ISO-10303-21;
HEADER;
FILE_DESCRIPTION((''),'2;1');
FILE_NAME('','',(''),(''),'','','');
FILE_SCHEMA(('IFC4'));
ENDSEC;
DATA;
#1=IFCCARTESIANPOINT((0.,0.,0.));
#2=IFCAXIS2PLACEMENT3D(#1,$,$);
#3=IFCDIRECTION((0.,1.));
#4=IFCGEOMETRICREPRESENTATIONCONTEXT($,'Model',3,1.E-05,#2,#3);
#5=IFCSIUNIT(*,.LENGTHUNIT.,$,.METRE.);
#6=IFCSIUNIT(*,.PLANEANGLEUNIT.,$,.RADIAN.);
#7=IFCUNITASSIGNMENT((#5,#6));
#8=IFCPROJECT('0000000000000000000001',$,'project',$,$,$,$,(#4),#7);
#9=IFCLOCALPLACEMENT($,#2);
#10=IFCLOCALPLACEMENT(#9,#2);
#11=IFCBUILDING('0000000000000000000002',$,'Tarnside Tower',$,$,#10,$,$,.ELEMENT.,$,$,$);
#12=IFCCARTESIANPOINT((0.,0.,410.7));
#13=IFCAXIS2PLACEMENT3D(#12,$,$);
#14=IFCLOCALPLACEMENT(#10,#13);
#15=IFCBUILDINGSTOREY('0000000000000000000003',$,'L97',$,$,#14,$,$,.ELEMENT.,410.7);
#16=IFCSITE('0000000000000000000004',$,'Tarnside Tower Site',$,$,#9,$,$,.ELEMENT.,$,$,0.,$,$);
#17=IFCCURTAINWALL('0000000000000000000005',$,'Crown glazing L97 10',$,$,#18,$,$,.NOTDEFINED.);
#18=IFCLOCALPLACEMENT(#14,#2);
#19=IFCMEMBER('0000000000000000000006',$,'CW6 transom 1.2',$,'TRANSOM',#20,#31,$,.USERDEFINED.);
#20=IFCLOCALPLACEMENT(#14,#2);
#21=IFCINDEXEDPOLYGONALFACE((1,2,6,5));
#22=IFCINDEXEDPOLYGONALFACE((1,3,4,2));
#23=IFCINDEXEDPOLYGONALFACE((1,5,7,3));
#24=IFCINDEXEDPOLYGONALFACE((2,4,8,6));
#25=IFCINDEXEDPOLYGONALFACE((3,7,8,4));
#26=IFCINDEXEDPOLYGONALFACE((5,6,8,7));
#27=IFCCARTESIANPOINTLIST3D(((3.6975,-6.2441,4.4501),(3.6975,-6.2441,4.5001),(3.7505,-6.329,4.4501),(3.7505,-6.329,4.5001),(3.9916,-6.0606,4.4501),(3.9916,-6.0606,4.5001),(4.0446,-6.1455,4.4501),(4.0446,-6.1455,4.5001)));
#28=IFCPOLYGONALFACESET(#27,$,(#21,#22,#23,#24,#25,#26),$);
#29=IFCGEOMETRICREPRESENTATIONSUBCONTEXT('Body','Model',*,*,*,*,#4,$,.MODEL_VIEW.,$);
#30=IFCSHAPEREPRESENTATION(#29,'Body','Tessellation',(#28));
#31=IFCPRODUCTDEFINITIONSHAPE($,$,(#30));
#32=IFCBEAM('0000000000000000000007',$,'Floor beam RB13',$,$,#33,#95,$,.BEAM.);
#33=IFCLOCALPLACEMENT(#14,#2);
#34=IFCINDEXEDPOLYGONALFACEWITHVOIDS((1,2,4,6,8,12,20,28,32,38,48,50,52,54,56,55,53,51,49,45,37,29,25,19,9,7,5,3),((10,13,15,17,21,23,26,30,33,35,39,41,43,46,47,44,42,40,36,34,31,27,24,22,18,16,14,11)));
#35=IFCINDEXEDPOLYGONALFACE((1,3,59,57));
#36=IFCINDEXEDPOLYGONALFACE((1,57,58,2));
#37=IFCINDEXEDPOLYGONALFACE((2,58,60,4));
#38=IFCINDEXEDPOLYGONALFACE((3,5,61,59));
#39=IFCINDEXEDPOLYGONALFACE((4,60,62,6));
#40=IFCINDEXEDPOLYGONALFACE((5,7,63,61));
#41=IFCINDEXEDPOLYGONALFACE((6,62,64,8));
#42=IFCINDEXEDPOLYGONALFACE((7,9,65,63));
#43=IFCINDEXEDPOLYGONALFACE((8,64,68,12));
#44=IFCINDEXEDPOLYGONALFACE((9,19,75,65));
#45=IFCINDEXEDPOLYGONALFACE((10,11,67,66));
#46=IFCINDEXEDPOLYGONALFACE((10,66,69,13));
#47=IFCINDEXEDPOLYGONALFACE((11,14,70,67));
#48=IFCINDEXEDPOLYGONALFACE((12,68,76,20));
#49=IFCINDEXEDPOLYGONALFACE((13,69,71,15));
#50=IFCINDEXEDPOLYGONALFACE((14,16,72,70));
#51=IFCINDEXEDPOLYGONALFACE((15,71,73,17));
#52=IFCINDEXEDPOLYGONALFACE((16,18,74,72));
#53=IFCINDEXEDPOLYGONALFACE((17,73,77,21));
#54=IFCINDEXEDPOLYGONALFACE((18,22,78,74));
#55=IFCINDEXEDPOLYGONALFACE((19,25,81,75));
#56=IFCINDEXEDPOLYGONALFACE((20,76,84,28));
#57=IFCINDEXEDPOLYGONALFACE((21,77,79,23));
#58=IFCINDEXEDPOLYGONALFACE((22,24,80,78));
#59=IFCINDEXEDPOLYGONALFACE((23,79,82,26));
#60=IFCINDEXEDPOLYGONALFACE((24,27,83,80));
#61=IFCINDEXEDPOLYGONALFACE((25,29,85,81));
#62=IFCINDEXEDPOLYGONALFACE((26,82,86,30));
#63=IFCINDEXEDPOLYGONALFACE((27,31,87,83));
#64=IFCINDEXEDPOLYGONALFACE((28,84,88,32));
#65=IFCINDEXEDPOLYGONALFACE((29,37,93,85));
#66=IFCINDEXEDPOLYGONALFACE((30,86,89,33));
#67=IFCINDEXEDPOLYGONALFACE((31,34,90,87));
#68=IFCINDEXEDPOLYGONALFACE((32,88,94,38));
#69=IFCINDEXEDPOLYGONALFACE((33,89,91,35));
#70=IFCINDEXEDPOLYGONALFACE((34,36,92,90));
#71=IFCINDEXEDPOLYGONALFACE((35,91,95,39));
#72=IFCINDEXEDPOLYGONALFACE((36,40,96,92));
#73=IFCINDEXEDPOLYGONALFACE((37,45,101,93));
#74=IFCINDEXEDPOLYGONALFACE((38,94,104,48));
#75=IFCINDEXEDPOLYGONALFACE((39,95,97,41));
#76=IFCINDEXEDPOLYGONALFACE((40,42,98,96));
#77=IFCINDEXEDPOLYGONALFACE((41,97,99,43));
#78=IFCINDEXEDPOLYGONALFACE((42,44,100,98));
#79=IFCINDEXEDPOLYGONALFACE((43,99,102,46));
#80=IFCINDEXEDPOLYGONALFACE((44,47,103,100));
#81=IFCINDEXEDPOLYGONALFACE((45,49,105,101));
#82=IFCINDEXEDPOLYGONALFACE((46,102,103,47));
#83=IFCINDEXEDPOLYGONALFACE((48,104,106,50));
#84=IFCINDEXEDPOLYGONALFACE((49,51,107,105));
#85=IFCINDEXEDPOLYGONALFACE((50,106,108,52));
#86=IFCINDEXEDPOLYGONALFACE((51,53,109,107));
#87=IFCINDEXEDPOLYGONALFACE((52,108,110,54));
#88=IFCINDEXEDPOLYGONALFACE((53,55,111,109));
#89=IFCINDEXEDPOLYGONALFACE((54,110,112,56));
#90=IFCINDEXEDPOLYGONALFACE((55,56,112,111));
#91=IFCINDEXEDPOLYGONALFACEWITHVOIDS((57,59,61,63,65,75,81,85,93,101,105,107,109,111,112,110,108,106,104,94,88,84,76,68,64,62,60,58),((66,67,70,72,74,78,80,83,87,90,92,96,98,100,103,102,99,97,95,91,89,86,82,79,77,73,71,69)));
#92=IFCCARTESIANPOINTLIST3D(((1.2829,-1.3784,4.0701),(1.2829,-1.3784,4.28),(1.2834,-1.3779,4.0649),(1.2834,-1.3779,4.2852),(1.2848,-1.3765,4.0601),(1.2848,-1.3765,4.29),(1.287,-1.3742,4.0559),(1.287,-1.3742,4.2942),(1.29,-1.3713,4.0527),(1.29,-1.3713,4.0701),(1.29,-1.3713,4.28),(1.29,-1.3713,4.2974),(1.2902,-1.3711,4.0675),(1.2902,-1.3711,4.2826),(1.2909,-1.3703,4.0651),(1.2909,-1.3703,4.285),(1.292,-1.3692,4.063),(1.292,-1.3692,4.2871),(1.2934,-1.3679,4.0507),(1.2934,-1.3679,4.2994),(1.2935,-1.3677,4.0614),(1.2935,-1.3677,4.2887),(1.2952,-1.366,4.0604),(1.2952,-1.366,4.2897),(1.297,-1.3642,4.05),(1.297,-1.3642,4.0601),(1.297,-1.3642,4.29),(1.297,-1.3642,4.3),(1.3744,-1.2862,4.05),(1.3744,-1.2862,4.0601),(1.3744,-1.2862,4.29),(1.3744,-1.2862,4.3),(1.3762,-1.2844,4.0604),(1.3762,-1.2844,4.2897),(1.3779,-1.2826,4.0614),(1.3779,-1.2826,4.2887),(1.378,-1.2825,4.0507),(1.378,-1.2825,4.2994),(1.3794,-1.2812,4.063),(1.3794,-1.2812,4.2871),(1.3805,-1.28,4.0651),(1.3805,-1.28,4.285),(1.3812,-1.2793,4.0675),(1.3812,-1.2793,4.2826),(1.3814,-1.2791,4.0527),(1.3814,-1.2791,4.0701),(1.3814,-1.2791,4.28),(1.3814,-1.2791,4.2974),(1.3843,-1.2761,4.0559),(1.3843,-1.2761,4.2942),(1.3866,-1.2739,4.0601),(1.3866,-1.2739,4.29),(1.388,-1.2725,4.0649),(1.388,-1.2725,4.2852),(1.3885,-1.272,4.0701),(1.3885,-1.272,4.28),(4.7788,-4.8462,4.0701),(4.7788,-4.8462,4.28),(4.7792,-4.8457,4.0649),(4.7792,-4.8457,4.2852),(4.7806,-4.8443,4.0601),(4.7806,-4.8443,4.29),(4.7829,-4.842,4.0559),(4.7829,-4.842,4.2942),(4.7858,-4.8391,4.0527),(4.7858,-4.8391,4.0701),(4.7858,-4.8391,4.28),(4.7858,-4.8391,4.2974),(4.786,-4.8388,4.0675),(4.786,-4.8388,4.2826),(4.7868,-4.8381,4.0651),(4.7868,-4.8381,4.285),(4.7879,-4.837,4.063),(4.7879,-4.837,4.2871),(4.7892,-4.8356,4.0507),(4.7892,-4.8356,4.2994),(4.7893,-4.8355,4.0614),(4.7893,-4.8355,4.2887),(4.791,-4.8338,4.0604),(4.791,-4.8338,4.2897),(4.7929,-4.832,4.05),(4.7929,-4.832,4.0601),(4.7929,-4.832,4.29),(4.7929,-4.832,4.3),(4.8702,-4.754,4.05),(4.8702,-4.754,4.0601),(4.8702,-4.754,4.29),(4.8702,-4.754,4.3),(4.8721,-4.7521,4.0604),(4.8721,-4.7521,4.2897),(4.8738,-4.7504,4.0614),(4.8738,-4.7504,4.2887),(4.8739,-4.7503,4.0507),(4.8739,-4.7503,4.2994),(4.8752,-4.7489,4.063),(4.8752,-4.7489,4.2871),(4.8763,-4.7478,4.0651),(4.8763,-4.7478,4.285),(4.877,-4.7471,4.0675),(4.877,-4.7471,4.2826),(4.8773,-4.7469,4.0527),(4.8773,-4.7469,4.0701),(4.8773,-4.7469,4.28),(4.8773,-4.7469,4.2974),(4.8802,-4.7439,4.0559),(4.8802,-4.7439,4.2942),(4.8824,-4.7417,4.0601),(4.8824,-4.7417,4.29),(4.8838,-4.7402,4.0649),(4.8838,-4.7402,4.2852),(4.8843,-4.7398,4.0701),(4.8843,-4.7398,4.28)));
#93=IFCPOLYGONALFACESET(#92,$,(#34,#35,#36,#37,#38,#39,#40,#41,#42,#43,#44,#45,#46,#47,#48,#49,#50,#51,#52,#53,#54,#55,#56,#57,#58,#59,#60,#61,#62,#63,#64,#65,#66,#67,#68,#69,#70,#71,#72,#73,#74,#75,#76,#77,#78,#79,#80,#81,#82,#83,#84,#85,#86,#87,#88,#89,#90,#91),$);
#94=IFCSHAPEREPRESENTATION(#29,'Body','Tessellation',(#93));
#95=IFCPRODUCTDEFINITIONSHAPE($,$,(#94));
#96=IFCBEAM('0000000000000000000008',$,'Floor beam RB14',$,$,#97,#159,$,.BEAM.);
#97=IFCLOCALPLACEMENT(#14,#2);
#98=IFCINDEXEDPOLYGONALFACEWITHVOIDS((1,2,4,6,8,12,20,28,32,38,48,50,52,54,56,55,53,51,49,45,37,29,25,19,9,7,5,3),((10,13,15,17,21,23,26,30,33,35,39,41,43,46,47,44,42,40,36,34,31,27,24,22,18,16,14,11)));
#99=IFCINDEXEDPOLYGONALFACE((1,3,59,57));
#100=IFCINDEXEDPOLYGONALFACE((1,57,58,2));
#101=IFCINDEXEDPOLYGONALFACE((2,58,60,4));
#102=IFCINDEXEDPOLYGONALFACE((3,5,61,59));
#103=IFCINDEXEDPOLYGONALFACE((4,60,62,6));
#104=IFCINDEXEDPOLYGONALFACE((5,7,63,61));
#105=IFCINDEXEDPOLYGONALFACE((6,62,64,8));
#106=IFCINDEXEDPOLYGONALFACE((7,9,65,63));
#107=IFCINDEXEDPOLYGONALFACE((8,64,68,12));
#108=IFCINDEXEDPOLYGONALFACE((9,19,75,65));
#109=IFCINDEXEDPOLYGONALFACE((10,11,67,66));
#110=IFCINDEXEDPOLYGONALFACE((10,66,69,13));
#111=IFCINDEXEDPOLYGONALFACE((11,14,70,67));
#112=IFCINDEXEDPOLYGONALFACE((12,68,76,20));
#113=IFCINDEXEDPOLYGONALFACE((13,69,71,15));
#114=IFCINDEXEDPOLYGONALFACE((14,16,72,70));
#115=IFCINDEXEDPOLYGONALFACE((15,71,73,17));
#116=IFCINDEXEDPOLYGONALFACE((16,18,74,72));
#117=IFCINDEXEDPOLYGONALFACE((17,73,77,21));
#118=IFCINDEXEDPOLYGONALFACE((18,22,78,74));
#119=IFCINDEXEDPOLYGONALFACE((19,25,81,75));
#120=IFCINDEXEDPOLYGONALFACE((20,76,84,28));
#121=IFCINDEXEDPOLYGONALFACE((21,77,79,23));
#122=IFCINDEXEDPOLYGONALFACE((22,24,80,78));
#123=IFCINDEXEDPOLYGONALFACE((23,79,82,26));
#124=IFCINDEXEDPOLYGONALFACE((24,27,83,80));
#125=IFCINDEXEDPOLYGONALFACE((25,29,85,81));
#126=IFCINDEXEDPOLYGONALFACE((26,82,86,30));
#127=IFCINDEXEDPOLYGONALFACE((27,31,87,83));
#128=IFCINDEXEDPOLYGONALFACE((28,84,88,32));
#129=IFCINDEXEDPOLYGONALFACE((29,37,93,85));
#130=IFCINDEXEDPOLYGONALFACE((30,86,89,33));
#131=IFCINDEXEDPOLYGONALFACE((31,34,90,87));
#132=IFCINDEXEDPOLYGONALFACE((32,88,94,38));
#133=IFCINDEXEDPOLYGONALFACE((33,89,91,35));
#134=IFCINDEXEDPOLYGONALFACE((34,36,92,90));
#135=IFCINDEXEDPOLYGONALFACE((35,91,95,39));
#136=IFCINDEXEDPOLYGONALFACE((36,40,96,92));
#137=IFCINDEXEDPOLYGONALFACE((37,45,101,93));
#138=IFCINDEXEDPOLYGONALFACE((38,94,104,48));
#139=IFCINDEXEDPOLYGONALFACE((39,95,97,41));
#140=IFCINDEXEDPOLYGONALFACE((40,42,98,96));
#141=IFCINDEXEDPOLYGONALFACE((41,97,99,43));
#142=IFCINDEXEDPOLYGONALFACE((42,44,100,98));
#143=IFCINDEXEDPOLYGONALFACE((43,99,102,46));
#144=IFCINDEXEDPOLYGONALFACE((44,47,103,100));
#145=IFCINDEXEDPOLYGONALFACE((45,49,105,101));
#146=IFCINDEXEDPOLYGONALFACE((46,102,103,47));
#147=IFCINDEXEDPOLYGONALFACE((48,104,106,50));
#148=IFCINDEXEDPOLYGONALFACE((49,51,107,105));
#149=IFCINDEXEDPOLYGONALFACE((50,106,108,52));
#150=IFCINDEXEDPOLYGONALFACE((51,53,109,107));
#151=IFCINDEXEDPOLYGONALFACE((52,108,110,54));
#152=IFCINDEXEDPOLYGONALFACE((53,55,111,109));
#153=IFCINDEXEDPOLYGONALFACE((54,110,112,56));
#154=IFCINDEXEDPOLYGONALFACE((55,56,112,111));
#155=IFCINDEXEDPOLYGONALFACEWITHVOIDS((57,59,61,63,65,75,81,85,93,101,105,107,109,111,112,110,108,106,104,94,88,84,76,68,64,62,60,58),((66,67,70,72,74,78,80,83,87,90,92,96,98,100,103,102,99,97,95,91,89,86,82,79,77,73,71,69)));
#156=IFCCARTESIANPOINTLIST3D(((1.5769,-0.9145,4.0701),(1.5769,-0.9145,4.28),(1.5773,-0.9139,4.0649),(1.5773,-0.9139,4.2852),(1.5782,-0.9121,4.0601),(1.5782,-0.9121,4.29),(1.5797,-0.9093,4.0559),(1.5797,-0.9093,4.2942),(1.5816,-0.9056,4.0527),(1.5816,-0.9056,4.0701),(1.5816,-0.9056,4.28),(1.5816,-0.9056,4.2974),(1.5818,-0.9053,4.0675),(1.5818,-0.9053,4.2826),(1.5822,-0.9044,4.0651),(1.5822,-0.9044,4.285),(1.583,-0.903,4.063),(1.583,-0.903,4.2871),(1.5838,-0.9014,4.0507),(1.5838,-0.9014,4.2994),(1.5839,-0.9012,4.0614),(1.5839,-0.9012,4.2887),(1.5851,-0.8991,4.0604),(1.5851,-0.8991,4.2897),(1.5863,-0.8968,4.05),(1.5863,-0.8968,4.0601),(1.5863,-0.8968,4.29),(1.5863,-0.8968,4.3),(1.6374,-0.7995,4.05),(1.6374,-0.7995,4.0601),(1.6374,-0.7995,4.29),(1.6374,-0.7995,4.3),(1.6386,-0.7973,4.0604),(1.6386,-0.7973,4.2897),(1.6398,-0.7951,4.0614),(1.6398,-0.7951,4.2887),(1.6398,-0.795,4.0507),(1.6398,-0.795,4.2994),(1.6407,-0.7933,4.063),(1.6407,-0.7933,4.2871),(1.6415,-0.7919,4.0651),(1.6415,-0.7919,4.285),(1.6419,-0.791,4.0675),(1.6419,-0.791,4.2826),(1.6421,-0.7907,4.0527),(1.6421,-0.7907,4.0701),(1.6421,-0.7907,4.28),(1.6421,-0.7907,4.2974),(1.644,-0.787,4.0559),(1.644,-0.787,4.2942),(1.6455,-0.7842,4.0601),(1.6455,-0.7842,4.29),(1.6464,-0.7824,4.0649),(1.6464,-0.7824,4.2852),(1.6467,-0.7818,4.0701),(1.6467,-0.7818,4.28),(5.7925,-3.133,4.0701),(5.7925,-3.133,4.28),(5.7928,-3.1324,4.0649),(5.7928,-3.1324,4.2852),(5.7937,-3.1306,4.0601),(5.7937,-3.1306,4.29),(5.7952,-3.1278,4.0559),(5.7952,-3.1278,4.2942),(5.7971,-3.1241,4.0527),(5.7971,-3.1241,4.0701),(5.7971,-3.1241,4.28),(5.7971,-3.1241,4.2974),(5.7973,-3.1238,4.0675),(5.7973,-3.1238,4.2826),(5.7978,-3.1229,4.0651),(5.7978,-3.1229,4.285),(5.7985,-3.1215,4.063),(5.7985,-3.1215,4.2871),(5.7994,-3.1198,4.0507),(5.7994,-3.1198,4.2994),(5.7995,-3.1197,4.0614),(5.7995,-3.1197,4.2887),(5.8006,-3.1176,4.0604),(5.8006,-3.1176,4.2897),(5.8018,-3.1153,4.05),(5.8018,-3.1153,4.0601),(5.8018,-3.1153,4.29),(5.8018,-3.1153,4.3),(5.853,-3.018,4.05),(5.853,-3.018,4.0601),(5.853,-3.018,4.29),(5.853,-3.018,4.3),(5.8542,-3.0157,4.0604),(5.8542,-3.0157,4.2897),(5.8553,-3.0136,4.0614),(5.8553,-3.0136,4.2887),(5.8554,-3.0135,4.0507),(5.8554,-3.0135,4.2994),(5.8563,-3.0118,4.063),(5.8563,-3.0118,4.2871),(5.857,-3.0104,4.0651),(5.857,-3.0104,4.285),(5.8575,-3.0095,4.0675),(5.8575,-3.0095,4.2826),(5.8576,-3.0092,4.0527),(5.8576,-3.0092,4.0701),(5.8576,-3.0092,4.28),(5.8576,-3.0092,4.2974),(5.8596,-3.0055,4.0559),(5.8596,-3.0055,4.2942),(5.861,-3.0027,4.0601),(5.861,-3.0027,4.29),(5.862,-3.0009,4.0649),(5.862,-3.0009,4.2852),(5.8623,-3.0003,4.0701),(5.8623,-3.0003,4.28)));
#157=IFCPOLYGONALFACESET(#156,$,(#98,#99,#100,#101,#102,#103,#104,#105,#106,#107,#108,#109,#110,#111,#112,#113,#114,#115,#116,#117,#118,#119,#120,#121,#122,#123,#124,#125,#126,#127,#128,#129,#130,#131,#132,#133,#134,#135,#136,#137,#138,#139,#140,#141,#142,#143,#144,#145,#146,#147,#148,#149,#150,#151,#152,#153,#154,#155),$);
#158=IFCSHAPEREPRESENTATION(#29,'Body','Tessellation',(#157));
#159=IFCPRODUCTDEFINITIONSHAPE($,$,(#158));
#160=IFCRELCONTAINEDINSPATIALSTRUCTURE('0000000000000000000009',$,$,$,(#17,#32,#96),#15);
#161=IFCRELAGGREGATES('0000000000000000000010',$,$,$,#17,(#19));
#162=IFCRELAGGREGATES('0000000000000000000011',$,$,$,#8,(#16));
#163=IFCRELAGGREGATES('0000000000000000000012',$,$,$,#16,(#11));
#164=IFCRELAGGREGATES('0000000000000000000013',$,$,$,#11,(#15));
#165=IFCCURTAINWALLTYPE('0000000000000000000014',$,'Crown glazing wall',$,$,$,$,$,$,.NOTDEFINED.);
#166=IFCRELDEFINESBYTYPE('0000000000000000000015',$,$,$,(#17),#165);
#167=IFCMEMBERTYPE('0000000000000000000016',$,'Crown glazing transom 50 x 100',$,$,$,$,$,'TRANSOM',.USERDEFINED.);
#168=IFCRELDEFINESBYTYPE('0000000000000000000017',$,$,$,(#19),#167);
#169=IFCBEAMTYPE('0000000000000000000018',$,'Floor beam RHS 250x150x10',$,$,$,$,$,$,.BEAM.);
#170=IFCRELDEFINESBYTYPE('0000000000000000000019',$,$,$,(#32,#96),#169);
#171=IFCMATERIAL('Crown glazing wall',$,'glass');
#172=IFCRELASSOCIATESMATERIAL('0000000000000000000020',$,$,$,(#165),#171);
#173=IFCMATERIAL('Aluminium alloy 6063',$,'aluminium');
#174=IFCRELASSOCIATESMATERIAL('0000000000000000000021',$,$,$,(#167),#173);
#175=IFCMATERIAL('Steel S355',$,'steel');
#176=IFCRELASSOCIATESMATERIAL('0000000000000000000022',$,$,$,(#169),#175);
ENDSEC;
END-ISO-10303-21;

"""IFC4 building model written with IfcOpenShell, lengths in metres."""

from ifc_helpers import new_model, si_unit, direction, frame, origin, origin_2d, place, context, subcontext, project, spatial, rectangle, hollow_rectangle, extrude, material, material_profile, profile_set, type_object, element, aggregate, save


model = new_model("IFC4")

# Units and contexts
model_context = context("Model", 3, precision=1e-05, world=origin(), true_north=direction((0.0, 1.0)))
body_context = subcontext(model_context, "Body", "Model", "MODEL_VIEW")
ifc_project = project(units=[si_unit("LENGTHUNIT", "METRE"), si_unit("PLANEANGLEUNIT", "RADIAN")], contexts=[model_context])

# Site, building, storey
site_placement = place(None, origin())
site = spatial("IfcSite", under=ifc_project, at=site_placement, Name="Tarnside Tower Site", CompositionType="ELEMENT", RefElevation=0.0)
building_placement = place(site_placement, origin())
building = spatial("IfcBuilding", under=site, at=building_placement, Name="Tarnside Tower", CompositionType="ELEMENT")
storey_placement = place(building_placement, frame((0.0, 0.0, 410.7)))
storey = spatial("IfcBuildingStorey", under=building, at=storey_placement, Name="L97", CompositionType="ELEMENT", Elevation=410.7)

# Shared definitions
ifc_material_1 = material(Name="Crown glazing wall", Category="glass")
curtain_wall_type_1 = type_object("IfcCurtainWallType", Name="Crown glazing wall", PredefinedType="NOTDEFINED", material=ifc_material_1)
ifc_material_2 = material(Name="Aluminium alloy 6063", Category="aluminium")

# Curtain wall
curtain_wall_1_placement = place(storey_placement, origin())
curtain_wall_1 = element("IfcCurtainWall", 1, at=curtain_wall_1_placement, inside=storey, type_object=curtain_wall_type_1, Name="Crown glazing L97 10", PredefinedType="NOTDEFINED")

# Member
ifc_material_profile_1 = material_profile(ifc_material_2, rectangle(XDim=0.1001, YDim=0.05, at=origin_2d()), Name="Crown glazing transom 50 x 100")
ifc_profile_set_1 = profile_set([ifc_material_profile_1], Name="Aluminium alloy 6063")
member_type_1 = type_object("IfcMemberType", Name="Crown glazing transom 50 x 100", ElementType="TRANSOM", PredefinedType="USERDEFINED", material=ifc_profile_set_1)
member_1_placement = place(storey_placement, frame((4.0181, -6.103, 4.4751), z_axis=(-0.848354, -0.529429, 0.0), x_axis=(0.529429, -0.848354, 0.0)))
member_1 = element("IfcMember", 2, at=member_1_placement, type_object=member_type_1, Name="CW6 transom 1.2", ObjectType="TRANSOM", PredefinedType="USERDEFINED", context=body_context, shape_type="SweptSolid", body=[
    extrude(rectangle(XDim=0.1001, YDim=0.05, at=origin_2d()), origin(), (0.0, 0.0, 1.0), 0.3467),
])
aggregate(curtain_wall_1, [member_1])

# Beams
ifc_material_3 = material(Name="Steel S355", Category="steel")
ifc_material_profile_2 = material_profile(ifc_material_3, hollow_rectangle(XDim=0.1499, YDim=0.25, WallThickness=0.01, InnerFilletRadius=0.01, OuterFilletRadius=0.02, at=origin_2d()), Name="RHS 250x150x10")
ifc_profile_set_2 = profile_set([ifc_material_profile_2], Name="Steel S355")
beam_type = type_object("IfcBeamType", Name="Floor beam RHS 250x150x10", PredefinedType="BEAM", material=ifc_profile_set_2)
beam_1_placement = place(storey_placement, frame((4.8315, -4.793, 4.175), z_axis=(-0.709952, 0.70425, 0.0), x_axis=(-0.70425, -0.709952, 0.0)))
element("IfcBeam", 3, at=beam_1_placement, inside=storey, type_object=beam_type, Name="Floor beam RB13", PredefinedType="BEAM", context=body_context, shape_type="SweptSolid", body=[
    extrude(hollow_rectangle(XDim=0.1499, YDim=0.25, WallThickness=0.01, InnerFilletRadius=0.01, OuterFilletRadius=0.02, at=origin_2d()), origin(), (0.0, 0.0, 1.0), 4.9241),
])
beam_2_placement = place(storey_placement, frame((5.8274, -3.0667, 4.175), z_axis=(-0.884937, 0.465711, 0.0), x_axis=(-0.465711, -0.884937, 0.0)))
element("IfcBeam", 4, at=beam_2_placement, inside=storey, type_object=beam_type, Name="Floor beam RB14", PredefinedType="BEAM", context=body_context, shape_type="SweptSolid", body=[
    extrude(hollow_rectangle(XDim=0.1499, YDim=0.25, WallThickness=0.01, InnerFilletRadius=0.01, OuterFilletRadius=0.02, at=origin_2d()), origin(), (0.0, 0.0, 1.0), 4.7637),
])

save(model, "model.ifc")
